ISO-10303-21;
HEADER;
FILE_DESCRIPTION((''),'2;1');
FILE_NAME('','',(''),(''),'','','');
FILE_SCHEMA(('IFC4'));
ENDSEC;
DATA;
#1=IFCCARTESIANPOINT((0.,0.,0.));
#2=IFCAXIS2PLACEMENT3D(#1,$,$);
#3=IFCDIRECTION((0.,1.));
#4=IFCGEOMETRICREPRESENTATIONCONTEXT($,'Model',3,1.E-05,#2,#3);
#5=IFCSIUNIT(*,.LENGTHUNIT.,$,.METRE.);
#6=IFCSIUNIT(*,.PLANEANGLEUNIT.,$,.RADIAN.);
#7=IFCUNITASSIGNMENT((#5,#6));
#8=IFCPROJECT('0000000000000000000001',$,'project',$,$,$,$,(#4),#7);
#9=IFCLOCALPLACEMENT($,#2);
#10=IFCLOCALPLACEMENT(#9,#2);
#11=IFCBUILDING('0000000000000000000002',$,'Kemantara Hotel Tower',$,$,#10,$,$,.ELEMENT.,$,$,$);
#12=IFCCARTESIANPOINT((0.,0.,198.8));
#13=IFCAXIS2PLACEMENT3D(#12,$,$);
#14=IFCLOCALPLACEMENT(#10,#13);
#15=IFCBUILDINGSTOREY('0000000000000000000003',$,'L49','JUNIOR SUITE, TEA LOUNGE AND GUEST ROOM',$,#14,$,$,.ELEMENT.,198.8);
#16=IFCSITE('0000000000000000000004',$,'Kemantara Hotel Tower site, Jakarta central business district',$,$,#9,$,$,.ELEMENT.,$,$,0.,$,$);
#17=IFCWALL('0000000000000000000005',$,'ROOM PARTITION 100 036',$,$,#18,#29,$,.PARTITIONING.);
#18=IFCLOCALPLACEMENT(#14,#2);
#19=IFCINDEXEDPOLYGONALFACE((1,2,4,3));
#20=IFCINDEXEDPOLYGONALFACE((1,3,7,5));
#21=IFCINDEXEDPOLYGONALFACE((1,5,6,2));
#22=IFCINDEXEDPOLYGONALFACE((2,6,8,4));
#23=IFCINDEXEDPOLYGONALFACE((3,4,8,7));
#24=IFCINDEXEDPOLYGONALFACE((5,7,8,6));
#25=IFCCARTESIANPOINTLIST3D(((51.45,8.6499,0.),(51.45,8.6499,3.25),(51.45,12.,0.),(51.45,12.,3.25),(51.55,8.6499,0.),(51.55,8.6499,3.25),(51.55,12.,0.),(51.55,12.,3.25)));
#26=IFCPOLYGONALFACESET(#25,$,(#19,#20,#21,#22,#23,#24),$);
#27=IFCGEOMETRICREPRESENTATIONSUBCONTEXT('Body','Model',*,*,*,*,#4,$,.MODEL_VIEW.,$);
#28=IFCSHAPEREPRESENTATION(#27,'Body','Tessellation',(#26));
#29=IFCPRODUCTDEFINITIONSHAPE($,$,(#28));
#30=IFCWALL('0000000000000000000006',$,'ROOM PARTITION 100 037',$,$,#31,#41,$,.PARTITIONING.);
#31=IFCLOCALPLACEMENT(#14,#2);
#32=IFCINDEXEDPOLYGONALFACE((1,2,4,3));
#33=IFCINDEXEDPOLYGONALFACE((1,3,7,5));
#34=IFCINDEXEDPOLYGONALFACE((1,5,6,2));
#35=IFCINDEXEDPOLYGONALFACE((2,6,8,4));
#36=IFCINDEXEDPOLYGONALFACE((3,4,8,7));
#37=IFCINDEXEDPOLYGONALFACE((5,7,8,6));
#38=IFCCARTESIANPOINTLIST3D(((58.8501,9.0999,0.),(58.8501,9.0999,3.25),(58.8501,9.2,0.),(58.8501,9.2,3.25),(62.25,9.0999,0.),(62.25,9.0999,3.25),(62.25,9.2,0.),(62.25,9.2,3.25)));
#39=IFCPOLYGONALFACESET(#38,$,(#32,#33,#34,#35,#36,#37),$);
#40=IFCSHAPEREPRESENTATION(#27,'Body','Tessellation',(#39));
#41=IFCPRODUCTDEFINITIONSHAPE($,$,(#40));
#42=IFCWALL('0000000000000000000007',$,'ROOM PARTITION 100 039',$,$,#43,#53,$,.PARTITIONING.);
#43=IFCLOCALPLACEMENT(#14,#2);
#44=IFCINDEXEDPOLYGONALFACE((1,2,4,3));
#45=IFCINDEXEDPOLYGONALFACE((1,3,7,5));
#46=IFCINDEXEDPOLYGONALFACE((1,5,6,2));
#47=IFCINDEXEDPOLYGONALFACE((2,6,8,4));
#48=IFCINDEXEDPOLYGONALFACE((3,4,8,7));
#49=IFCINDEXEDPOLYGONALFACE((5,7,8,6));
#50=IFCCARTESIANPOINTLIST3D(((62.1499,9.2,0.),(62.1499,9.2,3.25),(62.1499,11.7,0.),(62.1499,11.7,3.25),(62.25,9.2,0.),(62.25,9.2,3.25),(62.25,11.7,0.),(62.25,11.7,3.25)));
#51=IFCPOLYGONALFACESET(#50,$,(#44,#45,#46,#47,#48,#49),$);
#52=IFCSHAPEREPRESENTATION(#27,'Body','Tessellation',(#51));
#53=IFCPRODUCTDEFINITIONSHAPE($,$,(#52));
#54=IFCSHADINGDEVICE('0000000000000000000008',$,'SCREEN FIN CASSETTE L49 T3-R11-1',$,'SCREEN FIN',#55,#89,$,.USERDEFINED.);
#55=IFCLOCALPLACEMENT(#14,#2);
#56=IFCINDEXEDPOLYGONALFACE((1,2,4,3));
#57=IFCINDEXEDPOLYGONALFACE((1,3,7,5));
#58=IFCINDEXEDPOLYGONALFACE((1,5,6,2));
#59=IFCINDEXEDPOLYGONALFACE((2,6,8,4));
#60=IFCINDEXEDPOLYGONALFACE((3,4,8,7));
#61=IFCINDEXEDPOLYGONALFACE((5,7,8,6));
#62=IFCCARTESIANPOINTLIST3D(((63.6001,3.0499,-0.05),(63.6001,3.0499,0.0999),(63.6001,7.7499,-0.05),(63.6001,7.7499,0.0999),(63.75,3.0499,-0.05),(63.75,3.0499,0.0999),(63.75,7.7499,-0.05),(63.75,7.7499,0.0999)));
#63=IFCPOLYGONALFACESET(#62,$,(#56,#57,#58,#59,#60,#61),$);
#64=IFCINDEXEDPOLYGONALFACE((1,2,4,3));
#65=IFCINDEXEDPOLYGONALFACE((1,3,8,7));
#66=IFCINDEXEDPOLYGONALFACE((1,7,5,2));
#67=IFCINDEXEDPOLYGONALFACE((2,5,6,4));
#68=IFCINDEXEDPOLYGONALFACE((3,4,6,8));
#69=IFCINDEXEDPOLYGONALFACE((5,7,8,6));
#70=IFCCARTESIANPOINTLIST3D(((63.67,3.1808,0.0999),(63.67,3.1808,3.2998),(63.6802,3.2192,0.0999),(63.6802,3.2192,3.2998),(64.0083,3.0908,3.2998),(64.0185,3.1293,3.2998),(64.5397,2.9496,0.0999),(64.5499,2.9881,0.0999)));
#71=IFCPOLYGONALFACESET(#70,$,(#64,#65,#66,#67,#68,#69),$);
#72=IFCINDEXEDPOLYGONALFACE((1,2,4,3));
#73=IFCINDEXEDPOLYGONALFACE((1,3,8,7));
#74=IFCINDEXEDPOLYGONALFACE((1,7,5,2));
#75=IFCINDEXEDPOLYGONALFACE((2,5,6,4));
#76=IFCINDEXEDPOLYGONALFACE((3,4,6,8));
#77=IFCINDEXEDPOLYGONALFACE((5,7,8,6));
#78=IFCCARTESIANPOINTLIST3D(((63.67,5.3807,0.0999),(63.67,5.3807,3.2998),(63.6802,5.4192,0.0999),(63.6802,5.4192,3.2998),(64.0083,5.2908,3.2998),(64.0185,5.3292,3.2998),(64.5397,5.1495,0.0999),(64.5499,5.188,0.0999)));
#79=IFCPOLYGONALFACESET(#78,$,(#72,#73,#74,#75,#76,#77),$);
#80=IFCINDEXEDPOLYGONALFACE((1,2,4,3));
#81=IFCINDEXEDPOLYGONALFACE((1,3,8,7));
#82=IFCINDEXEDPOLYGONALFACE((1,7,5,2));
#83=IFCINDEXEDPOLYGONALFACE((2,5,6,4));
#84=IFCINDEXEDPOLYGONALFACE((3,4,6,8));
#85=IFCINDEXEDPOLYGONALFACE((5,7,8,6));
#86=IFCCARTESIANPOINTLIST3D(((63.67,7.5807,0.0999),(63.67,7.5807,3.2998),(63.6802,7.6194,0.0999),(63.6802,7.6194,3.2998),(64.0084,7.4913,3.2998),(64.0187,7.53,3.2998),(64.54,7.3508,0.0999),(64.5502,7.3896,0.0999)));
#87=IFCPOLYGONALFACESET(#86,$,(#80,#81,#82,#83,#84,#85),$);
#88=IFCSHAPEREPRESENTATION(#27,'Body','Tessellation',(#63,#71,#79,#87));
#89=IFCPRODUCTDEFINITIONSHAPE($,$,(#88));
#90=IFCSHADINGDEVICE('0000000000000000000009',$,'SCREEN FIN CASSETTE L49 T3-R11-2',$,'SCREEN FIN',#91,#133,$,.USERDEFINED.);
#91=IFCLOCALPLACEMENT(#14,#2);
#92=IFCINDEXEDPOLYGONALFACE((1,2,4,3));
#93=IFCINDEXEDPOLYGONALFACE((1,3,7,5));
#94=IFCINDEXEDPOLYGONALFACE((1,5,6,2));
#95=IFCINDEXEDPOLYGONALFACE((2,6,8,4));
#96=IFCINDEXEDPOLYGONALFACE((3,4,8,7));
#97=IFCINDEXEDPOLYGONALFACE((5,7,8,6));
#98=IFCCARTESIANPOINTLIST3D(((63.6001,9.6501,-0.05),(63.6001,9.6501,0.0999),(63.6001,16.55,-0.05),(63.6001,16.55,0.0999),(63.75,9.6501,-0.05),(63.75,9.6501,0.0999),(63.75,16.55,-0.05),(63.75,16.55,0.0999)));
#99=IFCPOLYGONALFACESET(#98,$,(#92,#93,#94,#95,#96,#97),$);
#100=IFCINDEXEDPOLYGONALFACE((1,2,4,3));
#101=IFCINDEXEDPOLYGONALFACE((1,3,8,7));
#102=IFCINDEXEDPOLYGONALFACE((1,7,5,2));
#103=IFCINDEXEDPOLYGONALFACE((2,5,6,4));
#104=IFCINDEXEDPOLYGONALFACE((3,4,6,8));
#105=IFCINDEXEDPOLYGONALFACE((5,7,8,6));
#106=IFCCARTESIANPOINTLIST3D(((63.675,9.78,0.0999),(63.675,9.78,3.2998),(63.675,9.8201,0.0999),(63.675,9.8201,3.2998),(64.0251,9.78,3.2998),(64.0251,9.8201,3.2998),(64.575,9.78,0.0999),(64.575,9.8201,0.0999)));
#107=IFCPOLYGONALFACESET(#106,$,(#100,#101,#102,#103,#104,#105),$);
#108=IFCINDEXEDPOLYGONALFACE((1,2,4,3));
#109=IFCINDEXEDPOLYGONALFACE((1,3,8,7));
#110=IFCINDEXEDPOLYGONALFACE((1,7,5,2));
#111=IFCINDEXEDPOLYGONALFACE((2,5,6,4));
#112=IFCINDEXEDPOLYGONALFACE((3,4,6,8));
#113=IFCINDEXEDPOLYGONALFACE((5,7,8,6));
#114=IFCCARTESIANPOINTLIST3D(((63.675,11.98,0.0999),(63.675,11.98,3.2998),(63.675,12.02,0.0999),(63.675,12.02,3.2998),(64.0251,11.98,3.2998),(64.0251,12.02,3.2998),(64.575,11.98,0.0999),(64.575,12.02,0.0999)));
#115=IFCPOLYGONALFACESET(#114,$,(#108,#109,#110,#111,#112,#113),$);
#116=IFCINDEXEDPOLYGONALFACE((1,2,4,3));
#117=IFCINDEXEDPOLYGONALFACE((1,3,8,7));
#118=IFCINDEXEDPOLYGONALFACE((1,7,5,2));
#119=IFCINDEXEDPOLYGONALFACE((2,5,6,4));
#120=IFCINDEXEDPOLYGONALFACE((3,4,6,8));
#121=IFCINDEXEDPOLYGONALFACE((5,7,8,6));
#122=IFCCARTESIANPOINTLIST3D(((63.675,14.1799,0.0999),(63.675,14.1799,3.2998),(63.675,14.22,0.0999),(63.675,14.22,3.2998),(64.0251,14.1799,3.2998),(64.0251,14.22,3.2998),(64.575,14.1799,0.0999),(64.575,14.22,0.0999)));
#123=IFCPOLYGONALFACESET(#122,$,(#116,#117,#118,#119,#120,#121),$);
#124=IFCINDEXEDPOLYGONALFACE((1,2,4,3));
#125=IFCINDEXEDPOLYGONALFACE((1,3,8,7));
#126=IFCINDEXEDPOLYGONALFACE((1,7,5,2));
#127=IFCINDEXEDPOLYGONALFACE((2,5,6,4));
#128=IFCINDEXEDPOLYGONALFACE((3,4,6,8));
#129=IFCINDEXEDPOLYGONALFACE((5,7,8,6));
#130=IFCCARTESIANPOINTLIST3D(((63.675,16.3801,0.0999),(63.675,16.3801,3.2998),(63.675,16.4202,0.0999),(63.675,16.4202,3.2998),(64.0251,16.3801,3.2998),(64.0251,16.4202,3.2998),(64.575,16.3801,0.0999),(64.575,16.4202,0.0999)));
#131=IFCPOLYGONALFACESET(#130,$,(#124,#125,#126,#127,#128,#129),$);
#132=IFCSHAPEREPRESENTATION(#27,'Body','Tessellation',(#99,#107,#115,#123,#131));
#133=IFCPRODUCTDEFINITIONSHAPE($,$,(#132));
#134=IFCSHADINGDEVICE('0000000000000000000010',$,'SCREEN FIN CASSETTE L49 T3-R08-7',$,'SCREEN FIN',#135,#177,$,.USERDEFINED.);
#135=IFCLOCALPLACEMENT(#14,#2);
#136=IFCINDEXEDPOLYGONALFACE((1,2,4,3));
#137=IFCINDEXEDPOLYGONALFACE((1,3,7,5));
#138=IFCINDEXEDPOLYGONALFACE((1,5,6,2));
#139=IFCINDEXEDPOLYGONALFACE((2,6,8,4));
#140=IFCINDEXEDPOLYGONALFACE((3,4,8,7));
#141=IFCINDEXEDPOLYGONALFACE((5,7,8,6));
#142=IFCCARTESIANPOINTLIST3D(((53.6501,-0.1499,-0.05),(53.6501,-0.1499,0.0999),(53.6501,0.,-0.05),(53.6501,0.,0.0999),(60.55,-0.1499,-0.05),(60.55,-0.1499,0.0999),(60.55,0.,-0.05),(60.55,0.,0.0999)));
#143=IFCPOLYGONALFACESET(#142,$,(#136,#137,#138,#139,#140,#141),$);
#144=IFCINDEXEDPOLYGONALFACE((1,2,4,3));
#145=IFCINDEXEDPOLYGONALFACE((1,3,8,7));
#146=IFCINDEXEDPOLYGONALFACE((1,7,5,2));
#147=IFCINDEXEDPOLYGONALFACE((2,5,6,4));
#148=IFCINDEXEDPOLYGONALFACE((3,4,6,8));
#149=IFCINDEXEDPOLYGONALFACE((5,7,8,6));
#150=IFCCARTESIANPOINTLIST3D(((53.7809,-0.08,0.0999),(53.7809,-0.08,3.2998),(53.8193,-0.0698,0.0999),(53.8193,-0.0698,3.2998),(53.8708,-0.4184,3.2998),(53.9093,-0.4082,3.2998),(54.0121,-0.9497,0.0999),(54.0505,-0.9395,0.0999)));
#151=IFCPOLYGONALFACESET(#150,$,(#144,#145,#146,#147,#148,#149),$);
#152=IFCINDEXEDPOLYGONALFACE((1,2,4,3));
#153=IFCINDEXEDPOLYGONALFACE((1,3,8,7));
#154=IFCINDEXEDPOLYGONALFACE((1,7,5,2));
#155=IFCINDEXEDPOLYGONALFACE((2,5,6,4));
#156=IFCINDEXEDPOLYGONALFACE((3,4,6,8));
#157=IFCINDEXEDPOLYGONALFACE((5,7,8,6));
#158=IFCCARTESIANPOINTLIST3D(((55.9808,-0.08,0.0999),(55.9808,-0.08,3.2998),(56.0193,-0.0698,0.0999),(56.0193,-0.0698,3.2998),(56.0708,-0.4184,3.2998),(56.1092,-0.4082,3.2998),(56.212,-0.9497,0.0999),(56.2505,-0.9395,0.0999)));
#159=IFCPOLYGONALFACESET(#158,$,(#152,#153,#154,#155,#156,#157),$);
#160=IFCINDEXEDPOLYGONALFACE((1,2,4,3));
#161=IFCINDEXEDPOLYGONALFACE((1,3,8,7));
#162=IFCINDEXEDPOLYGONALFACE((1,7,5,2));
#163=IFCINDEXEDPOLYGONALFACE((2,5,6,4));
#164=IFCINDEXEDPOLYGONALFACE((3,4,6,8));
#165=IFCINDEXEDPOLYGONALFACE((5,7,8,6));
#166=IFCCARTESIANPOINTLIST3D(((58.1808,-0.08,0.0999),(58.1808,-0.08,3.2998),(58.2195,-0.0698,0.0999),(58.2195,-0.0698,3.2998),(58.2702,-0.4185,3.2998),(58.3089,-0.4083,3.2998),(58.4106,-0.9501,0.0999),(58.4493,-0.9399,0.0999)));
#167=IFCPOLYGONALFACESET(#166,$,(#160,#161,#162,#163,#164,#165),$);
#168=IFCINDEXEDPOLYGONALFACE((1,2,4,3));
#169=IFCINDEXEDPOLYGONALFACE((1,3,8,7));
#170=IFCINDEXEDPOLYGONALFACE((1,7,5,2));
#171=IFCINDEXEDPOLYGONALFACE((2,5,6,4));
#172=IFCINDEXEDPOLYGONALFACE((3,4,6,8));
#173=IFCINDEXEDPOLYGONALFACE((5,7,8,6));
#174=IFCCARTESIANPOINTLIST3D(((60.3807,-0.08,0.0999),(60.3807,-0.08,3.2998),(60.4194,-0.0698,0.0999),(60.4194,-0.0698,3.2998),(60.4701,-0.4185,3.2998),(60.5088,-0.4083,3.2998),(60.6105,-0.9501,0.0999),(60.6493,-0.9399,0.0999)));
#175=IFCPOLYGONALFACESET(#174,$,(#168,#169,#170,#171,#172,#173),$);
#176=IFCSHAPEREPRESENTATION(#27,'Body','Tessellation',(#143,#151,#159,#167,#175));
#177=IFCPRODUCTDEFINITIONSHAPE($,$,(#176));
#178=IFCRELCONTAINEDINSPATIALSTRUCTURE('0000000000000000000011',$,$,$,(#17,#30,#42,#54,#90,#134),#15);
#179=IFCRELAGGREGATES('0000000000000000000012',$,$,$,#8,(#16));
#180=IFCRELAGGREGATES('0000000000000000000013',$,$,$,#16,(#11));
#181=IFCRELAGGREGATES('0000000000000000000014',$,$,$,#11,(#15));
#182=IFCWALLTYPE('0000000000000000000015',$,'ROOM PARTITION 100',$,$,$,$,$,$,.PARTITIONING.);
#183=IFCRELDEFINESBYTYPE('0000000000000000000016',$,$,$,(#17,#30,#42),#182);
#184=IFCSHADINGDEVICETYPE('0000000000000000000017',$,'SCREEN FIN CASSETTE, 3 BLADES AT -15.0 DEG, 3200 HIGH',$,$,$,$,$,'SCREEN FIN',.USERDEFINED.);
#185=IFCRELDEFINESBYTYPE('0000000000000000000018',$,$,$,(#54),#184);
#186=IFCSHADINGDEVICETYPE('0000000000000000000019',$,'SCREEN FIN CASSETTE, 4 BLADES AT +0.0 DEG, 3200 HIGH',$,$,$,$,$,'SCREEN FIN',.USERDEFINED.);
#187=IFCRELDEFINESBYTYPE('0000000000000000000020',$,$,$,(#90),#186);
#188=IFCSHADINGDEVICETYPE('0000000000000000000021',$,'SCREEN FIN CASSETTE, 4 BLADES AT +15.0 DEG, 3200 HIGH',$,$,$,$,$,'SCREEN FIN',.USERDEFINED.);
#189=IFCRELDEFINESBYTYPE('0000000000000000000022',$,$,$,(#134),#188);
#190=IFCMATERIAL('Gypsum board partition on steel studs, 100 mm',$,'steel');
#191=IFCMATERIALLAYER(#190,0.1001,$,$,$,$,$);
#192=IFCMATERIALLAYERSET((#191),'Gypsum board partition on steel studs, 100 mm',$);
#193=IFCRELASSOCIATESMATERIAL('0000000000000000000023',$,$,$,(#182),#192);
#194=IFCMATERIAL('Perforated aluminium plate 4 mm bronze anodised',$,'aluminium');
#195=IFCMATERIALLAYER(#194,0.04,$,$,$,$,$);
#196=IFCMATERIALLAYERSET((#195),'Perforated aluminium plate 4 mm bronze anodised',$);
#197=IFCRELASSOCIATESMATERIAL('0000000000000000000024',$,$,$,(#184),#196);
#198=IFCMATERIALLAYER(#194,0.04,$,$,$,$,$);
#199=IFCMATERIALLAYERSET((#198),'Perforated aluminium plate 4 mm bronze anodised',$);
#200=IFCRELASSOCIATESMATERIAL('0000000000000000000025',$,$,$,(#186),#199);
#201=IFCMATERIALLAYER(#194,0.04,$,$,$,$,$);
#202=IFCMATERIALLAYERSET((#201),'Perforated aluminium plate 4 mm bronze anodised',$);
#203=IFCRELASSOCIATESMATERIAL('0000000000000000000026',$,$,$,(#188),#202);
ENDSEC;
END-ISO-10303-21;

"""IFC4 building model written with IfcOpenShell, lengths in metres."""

from ifc_helpers import new_model, si_unit, direction, frame, frame_2d, origin, origin_2d, place, context, subcontext, project, spatial, polyline, rectangle, outline, extrude, source, transform, mapped, material, layer, layer_set, type_object, element, save


model = new_model("IFC4")

# Units and contexts
model_context = context("Model", 3, precision=1e-05, world=origin(), true_north=direction((0.0, 1.0)))
body_context = subcontext(model_context, "Body", "Model", "MODEL_VIEW")
ifc_project = project(units=[si_unit("LENGTHUNIT", "METRE"), si_unit("PLANEANGLEUNIT", "RADIAN")], contexts=[model_context])

# Site, building, storey
site_placement = place(None, origin())
site = spatial("IfcSite", under=ifc_project, at=site_placement, Name="Kemantara Hotel Tower site, Jakarta central business district", CompositionType="ELEMENT", RefElevation=0.0)
building_placement = place(site_placement, origin())
building = spatial("IfcBuilding", under=site, at=building_placement, Name="Kemantara Hotel Tower", CompositionType="ELEMENT")
storey_placement = place(building_placement, frame((0.0, 0.0, 198.8)))
storey = spatial("IfcBuildingStorey", under=building, at=storey_placement, Name="L49", Description="JUNIOR SUITE, TEA LOUNGE AND GUEST ROOM", CompositionType="ELEMENT", Elevation=198.8)

# Walls
ifc_material_1 = material(Name="Gypsum board partition on steel studs, 100 mm", Category="steel")
ifc_layer_1 = layer(ifc_material_1, 0.1001)
ifc_layer_set_1 = layer_set([ifc_layer_1], Name="Gypsum board partition on steel studs, 100 mm")
wall_type_1 = type_object("IfcWallType", Name="ROOM PARTITION 100", PredefinedType="PARTITIONING", material=ifc_layer_set_1)
wall_1_placement = place(storey_placement, frame((51.5, 8.6499, 0.0), z_axis=(0.0, 0.0, 1.0), x_axis=(0.0, 1.0, 0.0)))
element("IfcWall", 1, at=wall_1_placement, inside=storey, type_object=wall_type_1, Name="ROOM PARTITION 100 036", PredefinedType="PARTITIONING", context=body_context, shape_type="SweptSolid", body=[
    extrude(rectangle(XDim=3.3501, YDim=0.1001, at=frame_2d((1.675, 0.0))), origin(), (0.0, 0.0, 1.0), 3.25),
])
wall_2_placement = place(storey_placement, frame((58.8501, 9.1499, 0.0), z_axis=(0.0, 0.0, 1.0), x_axis=(1.0, 0.0, 0.0)))
element("IfcWall", 2, at=wall_2_placement, inside=storey, type_object=wall_type_1, Name="ROOM PARTITION 100 037", PredefinedType="PARTITIONING", context=body_context, shape_type="SweptSolid", body=[
    extrude(rectangle(XDim=3.3999, YDim=0.1001, at=frame_2d((1.7, 0.0))), origin(), (0.0, 0.0, 1.0), 3.25),
])
wall_3_placement = place(storey_placement, frame((62.2, 9.2, 0.0), z_axis=(0.0, 0.0, 1.0), x_axis=(0.0, 1.0, 0.0)))
element("IfcWall", 3, at=wall_3_placement, inside=storey, type_object=wall_type_1, Name="ROOM PARTITION 100 039", PredefinedType="PARTITIONING", context=body_context, shape_type="SweptSolid", body=[
    extrude(rectangle(XDim=2.5, YDim=0.1001, at=frame_2d((1.25, 0.0))), origin(), (0.0, 0.0, 1.0), 3.25),
])

# Shading devices
ifc_material_2 = material(Name="Perforated aluminium plate 4 mm bronze anodised", Category="aluminium")
ifc_layer_2 = layer(ifc_material_2, 0.04)
ifc_layer_set_2 = layer_set([ifc_layer_2], Name="Perforated aluminium plate 4 mm bronze anodised")
shading_device_type_1 = type_object("IfcShadingDeviceType", Name="SCREEN FIN CASSETTE, 3 BLADES AT -15.0 DEG, 3200 HIGH", ElementType="SCREEN FIN", PredefinedType="USERDEFINED", material=ifc_layer_set_2)
shared_shape_1 = source(origin(), body_context, "Body", "SweptSolid", [
    extrude(rectangle(XDim=4.7, YDim=0.1499, at=origin_2d()), frame((2.2, -0.075, -0.1499), z_axis=(0.0, 0.0, 1.0), x_axis=(1.0, 0.0, 0.0)), (0.0, 0.0, 1.0), 0.1499),
    extrude(outline(polyline([(0.0, 0.0), (0.8999, 0.0), (0.3501, 3.2), (0.0, 3.2), (0.0, 0.0)])), frame((0.0193, -0.0801, 0.0), z_axis=(-0.966438, 0.256901, 0.0), x_axis=(-0.256901, -0.966438, 0.0)), (0.0, 0.0, 1.0), 0.0398),
    extrude(outline(polyline([(0.0, 0.0), (0.8999, 0.0), (0.3501, 3.2), (0.0, 3.2), (0.0, 0.0)])), frame((2.2192, -0.0801, 0.0), z_axis=(-0.966438, 0.256901, 0.0), x_axis=(-0.256901, -0.966438, 0.0)), (0.0, 0.0, 1.0), 0.0398),
    extrude(outline(polyline([(0.0, 0.0), (0.8999, 0.0), (0.3501, 3.2), (0.0, 3.2), (0.0, 0.0)])), frame((4.4194, -0.0801, 0.0), z_axis=(-0.966838, 0.255391, 0.0), x_axis=(-0.255391, -0.966838, 0.0)), (0.0, 0.0, 1.0), 0.04),
])
shading_device_1_placement = place(storey_placement, frame((63.6001, 3.2, 0.0999), z_axis=(0.0, 0.0, 1.0), x_axis=(0.0, 1.0, 0.0)))
element("IfcShadingDevice", 4, at=shading_device_1_placement, inside=storey, type_object=shading_device_type_1, Name="SCREEN FIN CASSETTE L49 T3-R11-1", ObjectType="SCREEN FIN", PredefinedType="USERDEFINED", context=body_context, shape_type="MappedRepresentation", body=[
    mapped(shared_shape_1, transform((0.0, 0.0, 0.0))),
])
ifc_layer_3 = layer(ifc_material_2, 0.04)
ifc_layer_set_3 = layer_set([ifc_layer_3], Name="Perforated aluminium plate 4 mm bronze anodised")
shading_device_type_2 = type_object("IfcShadingDeviceType", Name="SCREEN FIN CASSETTE, 4 BLADES AT +0.0 DEG, 3200 HIGH", ElementType="SCREEN FIN", PredefinedType="USERDEFINED", material=ifc_layer_set_3)
shared_shape_2 = source(origin(), body_context, "Body", "SweptSolid", [
    extrude(rectangle(XDim=6.8999, YDim=0.1499, at=origin_2d()), frame((3.3, -0.075, -0.1499), z_axis=(0.0, 0.0, 1.0), x_axis=(1.0, 0.0, 0.0)), (0.0, 0.0, 1.0), 0.1499),
    extrude(outline(polyline([(0.0, 0.0), (0.8999, 0.0), (0.3501, 3.2), (0.0, 3.2), (0.0, 0.0)])), frame((0.02, -0.075, 0.0), z_axis=(-1.0, 0.0, 0.0), x_axis=(0.0, -1.0, 0.0)), (0.0, 0.0, 1.0), 0.04),
    extrude(outline(polyline([(0.0, 0.0), (0.8999, 0.0), (0.3501, 3.2), (0.0, 3.2), (0.0, 0.0)])), frame((2.22, -0.075, 0.0), z_axis=(-1.0, 0.0, 0.0), x_axis=(0.0, -1.0, 0.0)), (0.0, 0.0, 1.0), 0.04),
    extrude(outline(polyline([(0.0, 0.0), (0.8999, 0.0), (0.3501, 3.2), (0.0, 3.2), (0.0, 0.0)])), frame((4.4199, -0.075, 0.0), z_axis=(-1.0, 0.0, 0.0), x_axis=(0.0, -1.0, 0.0)), (0.0, 0.0, 1.0), 0.04),
    extrude(outline(polyline([(0.0, 0.0), (0.8999, 0.0), (0.3501, 3.2), (0.0, 3.2), (0.0, 0.0)])), frame((6.6201, -0.075, 0.0), z_axis=(-1.0, 0.0, 0.0), x_axis=(0.0, -1.0, 0.0)), (0.0, 0.0, 1.0), 0.04),
])
shading_device_2_placement = place(storey_placement, frame((63.6001, 9.8, 0.0999), z_axis=(0.0, 0.0, 1.0), x_axis=(0.0, 1.0, 0.0)))
element("IfcShadingDevice", 5, at=shading_device_2_placement, inside=storey, type_object=shading_device_type_2, Name="SCREEN FIN CASSETTE L49 T3-R11-2", ObjectType="SCREEN FIN", PredefinedType="USERDEFINED", context=body_context, shape_type="MappedRepresentation", body=[
    mapped(shared_shape_2, transform((0.0, 0.0, 0.0))),
])
ifc_layer_4 = layer(ifc_material_2, 0.04)
ifc_layer_set_4 = layer_set([ifc_layer_4], Name="Perforated aluminium plate 4 mm bronze anodised")
shading_device_type_3 = type_object("IfcShadingDeviceType", Name="SCREEN FIN CASSETTE, 4 BLADES AT +15.0 DEG, 3200 HIGH", ElementType="SCREEN FIN", PredefinedType="USERDEFINED", material=ifc_layer_set_4)
shared_shape_3 = source(origin(), body_context, "Body", "SweptSolid", [
    extrude(rectangle(XDim=6.8999, YDim=0.1499, at=origin_2d()), frame((3.3, -0.075, -0.1499), z_axis=(0.0, 0.0, 1.0), x_axis=(1.0, 0.0, 0.0)), (0.0, 0.0, 1.0), 0.1499),
    extrude(outline(polyline([(0.0, 0.0), (0.8999, 0.0), (0.3501, 3.2), (0.0, 3.2), (0.0, 0.0)])), frame((0.0193, -0.0698, 0.0), z_axis=(-0.966438, -0.256901, 0.0), x_axis=(0.256901, -0.966438, 0.0)), (0.0, 0.0, 1.0), 0.0398),
    extrude(outline(polyline([(0.0, 0.0), (0.8999, 0.0), (0.3501, 3.2), (0.0, 3.2), (0.0, 0.0)])), frame((2.2192, -0.0698, 0.0), z_axis=(-0.966438, -0.256901, 0.0), x_axis=(0.256901, -0.966438, 0.0)), (0.0, 0.0, 1.0), 0.0398),
    extrude(outline(polyline([(0.0, 0.0), (0.8999, 0.0), (0.3501, 3.2), (0.0, 3.2), (0.0, 0.0)])), frame((4.4194, -0.0698, 0.0), z_axis=(-0.966838, -0.255391, 0.0), x_axis=(0.255391, -0.966838, 0.0)), (0.0, 0.0, 1.0), 0.04),
    extrude(outline(polyline([(0.0, 0.0), (0.8999, 0.0), (0.3501, 3.2), (0.0, 3.2), (0.0, 0.0)])), frame((6.6194, -0.0698, 0.0), z_axis=(-0.966838, -0.255391, 0.0), x_axis=(0.255391, -0.966838, 0.0)), (0.0, 0.0, 1.0), 0.04),
])
shading_device_3_placement = place(storey_placement, frame((53.8, 0.0, 0.0999), z_axis=(0.0, 0.0, 1.0), x_axis=(1.0, 0.0, 0.0)))
element("IfcShadingDevice", 6, at=shading_device_3_placement, inside=storey, type_object=shading_device_type_3, Name="SCREEN FIN CASSETTE L49 T3-R08-7", ObjectType="SCREEN FIN", PredefinedType="USERDEFINED", context=body_context, shape_type="MappedRepresentation", body=[
    mapped(shared_shape_3, transform((0.0, 0.0, 0.0))),
])

save(model, "model.ifc")
